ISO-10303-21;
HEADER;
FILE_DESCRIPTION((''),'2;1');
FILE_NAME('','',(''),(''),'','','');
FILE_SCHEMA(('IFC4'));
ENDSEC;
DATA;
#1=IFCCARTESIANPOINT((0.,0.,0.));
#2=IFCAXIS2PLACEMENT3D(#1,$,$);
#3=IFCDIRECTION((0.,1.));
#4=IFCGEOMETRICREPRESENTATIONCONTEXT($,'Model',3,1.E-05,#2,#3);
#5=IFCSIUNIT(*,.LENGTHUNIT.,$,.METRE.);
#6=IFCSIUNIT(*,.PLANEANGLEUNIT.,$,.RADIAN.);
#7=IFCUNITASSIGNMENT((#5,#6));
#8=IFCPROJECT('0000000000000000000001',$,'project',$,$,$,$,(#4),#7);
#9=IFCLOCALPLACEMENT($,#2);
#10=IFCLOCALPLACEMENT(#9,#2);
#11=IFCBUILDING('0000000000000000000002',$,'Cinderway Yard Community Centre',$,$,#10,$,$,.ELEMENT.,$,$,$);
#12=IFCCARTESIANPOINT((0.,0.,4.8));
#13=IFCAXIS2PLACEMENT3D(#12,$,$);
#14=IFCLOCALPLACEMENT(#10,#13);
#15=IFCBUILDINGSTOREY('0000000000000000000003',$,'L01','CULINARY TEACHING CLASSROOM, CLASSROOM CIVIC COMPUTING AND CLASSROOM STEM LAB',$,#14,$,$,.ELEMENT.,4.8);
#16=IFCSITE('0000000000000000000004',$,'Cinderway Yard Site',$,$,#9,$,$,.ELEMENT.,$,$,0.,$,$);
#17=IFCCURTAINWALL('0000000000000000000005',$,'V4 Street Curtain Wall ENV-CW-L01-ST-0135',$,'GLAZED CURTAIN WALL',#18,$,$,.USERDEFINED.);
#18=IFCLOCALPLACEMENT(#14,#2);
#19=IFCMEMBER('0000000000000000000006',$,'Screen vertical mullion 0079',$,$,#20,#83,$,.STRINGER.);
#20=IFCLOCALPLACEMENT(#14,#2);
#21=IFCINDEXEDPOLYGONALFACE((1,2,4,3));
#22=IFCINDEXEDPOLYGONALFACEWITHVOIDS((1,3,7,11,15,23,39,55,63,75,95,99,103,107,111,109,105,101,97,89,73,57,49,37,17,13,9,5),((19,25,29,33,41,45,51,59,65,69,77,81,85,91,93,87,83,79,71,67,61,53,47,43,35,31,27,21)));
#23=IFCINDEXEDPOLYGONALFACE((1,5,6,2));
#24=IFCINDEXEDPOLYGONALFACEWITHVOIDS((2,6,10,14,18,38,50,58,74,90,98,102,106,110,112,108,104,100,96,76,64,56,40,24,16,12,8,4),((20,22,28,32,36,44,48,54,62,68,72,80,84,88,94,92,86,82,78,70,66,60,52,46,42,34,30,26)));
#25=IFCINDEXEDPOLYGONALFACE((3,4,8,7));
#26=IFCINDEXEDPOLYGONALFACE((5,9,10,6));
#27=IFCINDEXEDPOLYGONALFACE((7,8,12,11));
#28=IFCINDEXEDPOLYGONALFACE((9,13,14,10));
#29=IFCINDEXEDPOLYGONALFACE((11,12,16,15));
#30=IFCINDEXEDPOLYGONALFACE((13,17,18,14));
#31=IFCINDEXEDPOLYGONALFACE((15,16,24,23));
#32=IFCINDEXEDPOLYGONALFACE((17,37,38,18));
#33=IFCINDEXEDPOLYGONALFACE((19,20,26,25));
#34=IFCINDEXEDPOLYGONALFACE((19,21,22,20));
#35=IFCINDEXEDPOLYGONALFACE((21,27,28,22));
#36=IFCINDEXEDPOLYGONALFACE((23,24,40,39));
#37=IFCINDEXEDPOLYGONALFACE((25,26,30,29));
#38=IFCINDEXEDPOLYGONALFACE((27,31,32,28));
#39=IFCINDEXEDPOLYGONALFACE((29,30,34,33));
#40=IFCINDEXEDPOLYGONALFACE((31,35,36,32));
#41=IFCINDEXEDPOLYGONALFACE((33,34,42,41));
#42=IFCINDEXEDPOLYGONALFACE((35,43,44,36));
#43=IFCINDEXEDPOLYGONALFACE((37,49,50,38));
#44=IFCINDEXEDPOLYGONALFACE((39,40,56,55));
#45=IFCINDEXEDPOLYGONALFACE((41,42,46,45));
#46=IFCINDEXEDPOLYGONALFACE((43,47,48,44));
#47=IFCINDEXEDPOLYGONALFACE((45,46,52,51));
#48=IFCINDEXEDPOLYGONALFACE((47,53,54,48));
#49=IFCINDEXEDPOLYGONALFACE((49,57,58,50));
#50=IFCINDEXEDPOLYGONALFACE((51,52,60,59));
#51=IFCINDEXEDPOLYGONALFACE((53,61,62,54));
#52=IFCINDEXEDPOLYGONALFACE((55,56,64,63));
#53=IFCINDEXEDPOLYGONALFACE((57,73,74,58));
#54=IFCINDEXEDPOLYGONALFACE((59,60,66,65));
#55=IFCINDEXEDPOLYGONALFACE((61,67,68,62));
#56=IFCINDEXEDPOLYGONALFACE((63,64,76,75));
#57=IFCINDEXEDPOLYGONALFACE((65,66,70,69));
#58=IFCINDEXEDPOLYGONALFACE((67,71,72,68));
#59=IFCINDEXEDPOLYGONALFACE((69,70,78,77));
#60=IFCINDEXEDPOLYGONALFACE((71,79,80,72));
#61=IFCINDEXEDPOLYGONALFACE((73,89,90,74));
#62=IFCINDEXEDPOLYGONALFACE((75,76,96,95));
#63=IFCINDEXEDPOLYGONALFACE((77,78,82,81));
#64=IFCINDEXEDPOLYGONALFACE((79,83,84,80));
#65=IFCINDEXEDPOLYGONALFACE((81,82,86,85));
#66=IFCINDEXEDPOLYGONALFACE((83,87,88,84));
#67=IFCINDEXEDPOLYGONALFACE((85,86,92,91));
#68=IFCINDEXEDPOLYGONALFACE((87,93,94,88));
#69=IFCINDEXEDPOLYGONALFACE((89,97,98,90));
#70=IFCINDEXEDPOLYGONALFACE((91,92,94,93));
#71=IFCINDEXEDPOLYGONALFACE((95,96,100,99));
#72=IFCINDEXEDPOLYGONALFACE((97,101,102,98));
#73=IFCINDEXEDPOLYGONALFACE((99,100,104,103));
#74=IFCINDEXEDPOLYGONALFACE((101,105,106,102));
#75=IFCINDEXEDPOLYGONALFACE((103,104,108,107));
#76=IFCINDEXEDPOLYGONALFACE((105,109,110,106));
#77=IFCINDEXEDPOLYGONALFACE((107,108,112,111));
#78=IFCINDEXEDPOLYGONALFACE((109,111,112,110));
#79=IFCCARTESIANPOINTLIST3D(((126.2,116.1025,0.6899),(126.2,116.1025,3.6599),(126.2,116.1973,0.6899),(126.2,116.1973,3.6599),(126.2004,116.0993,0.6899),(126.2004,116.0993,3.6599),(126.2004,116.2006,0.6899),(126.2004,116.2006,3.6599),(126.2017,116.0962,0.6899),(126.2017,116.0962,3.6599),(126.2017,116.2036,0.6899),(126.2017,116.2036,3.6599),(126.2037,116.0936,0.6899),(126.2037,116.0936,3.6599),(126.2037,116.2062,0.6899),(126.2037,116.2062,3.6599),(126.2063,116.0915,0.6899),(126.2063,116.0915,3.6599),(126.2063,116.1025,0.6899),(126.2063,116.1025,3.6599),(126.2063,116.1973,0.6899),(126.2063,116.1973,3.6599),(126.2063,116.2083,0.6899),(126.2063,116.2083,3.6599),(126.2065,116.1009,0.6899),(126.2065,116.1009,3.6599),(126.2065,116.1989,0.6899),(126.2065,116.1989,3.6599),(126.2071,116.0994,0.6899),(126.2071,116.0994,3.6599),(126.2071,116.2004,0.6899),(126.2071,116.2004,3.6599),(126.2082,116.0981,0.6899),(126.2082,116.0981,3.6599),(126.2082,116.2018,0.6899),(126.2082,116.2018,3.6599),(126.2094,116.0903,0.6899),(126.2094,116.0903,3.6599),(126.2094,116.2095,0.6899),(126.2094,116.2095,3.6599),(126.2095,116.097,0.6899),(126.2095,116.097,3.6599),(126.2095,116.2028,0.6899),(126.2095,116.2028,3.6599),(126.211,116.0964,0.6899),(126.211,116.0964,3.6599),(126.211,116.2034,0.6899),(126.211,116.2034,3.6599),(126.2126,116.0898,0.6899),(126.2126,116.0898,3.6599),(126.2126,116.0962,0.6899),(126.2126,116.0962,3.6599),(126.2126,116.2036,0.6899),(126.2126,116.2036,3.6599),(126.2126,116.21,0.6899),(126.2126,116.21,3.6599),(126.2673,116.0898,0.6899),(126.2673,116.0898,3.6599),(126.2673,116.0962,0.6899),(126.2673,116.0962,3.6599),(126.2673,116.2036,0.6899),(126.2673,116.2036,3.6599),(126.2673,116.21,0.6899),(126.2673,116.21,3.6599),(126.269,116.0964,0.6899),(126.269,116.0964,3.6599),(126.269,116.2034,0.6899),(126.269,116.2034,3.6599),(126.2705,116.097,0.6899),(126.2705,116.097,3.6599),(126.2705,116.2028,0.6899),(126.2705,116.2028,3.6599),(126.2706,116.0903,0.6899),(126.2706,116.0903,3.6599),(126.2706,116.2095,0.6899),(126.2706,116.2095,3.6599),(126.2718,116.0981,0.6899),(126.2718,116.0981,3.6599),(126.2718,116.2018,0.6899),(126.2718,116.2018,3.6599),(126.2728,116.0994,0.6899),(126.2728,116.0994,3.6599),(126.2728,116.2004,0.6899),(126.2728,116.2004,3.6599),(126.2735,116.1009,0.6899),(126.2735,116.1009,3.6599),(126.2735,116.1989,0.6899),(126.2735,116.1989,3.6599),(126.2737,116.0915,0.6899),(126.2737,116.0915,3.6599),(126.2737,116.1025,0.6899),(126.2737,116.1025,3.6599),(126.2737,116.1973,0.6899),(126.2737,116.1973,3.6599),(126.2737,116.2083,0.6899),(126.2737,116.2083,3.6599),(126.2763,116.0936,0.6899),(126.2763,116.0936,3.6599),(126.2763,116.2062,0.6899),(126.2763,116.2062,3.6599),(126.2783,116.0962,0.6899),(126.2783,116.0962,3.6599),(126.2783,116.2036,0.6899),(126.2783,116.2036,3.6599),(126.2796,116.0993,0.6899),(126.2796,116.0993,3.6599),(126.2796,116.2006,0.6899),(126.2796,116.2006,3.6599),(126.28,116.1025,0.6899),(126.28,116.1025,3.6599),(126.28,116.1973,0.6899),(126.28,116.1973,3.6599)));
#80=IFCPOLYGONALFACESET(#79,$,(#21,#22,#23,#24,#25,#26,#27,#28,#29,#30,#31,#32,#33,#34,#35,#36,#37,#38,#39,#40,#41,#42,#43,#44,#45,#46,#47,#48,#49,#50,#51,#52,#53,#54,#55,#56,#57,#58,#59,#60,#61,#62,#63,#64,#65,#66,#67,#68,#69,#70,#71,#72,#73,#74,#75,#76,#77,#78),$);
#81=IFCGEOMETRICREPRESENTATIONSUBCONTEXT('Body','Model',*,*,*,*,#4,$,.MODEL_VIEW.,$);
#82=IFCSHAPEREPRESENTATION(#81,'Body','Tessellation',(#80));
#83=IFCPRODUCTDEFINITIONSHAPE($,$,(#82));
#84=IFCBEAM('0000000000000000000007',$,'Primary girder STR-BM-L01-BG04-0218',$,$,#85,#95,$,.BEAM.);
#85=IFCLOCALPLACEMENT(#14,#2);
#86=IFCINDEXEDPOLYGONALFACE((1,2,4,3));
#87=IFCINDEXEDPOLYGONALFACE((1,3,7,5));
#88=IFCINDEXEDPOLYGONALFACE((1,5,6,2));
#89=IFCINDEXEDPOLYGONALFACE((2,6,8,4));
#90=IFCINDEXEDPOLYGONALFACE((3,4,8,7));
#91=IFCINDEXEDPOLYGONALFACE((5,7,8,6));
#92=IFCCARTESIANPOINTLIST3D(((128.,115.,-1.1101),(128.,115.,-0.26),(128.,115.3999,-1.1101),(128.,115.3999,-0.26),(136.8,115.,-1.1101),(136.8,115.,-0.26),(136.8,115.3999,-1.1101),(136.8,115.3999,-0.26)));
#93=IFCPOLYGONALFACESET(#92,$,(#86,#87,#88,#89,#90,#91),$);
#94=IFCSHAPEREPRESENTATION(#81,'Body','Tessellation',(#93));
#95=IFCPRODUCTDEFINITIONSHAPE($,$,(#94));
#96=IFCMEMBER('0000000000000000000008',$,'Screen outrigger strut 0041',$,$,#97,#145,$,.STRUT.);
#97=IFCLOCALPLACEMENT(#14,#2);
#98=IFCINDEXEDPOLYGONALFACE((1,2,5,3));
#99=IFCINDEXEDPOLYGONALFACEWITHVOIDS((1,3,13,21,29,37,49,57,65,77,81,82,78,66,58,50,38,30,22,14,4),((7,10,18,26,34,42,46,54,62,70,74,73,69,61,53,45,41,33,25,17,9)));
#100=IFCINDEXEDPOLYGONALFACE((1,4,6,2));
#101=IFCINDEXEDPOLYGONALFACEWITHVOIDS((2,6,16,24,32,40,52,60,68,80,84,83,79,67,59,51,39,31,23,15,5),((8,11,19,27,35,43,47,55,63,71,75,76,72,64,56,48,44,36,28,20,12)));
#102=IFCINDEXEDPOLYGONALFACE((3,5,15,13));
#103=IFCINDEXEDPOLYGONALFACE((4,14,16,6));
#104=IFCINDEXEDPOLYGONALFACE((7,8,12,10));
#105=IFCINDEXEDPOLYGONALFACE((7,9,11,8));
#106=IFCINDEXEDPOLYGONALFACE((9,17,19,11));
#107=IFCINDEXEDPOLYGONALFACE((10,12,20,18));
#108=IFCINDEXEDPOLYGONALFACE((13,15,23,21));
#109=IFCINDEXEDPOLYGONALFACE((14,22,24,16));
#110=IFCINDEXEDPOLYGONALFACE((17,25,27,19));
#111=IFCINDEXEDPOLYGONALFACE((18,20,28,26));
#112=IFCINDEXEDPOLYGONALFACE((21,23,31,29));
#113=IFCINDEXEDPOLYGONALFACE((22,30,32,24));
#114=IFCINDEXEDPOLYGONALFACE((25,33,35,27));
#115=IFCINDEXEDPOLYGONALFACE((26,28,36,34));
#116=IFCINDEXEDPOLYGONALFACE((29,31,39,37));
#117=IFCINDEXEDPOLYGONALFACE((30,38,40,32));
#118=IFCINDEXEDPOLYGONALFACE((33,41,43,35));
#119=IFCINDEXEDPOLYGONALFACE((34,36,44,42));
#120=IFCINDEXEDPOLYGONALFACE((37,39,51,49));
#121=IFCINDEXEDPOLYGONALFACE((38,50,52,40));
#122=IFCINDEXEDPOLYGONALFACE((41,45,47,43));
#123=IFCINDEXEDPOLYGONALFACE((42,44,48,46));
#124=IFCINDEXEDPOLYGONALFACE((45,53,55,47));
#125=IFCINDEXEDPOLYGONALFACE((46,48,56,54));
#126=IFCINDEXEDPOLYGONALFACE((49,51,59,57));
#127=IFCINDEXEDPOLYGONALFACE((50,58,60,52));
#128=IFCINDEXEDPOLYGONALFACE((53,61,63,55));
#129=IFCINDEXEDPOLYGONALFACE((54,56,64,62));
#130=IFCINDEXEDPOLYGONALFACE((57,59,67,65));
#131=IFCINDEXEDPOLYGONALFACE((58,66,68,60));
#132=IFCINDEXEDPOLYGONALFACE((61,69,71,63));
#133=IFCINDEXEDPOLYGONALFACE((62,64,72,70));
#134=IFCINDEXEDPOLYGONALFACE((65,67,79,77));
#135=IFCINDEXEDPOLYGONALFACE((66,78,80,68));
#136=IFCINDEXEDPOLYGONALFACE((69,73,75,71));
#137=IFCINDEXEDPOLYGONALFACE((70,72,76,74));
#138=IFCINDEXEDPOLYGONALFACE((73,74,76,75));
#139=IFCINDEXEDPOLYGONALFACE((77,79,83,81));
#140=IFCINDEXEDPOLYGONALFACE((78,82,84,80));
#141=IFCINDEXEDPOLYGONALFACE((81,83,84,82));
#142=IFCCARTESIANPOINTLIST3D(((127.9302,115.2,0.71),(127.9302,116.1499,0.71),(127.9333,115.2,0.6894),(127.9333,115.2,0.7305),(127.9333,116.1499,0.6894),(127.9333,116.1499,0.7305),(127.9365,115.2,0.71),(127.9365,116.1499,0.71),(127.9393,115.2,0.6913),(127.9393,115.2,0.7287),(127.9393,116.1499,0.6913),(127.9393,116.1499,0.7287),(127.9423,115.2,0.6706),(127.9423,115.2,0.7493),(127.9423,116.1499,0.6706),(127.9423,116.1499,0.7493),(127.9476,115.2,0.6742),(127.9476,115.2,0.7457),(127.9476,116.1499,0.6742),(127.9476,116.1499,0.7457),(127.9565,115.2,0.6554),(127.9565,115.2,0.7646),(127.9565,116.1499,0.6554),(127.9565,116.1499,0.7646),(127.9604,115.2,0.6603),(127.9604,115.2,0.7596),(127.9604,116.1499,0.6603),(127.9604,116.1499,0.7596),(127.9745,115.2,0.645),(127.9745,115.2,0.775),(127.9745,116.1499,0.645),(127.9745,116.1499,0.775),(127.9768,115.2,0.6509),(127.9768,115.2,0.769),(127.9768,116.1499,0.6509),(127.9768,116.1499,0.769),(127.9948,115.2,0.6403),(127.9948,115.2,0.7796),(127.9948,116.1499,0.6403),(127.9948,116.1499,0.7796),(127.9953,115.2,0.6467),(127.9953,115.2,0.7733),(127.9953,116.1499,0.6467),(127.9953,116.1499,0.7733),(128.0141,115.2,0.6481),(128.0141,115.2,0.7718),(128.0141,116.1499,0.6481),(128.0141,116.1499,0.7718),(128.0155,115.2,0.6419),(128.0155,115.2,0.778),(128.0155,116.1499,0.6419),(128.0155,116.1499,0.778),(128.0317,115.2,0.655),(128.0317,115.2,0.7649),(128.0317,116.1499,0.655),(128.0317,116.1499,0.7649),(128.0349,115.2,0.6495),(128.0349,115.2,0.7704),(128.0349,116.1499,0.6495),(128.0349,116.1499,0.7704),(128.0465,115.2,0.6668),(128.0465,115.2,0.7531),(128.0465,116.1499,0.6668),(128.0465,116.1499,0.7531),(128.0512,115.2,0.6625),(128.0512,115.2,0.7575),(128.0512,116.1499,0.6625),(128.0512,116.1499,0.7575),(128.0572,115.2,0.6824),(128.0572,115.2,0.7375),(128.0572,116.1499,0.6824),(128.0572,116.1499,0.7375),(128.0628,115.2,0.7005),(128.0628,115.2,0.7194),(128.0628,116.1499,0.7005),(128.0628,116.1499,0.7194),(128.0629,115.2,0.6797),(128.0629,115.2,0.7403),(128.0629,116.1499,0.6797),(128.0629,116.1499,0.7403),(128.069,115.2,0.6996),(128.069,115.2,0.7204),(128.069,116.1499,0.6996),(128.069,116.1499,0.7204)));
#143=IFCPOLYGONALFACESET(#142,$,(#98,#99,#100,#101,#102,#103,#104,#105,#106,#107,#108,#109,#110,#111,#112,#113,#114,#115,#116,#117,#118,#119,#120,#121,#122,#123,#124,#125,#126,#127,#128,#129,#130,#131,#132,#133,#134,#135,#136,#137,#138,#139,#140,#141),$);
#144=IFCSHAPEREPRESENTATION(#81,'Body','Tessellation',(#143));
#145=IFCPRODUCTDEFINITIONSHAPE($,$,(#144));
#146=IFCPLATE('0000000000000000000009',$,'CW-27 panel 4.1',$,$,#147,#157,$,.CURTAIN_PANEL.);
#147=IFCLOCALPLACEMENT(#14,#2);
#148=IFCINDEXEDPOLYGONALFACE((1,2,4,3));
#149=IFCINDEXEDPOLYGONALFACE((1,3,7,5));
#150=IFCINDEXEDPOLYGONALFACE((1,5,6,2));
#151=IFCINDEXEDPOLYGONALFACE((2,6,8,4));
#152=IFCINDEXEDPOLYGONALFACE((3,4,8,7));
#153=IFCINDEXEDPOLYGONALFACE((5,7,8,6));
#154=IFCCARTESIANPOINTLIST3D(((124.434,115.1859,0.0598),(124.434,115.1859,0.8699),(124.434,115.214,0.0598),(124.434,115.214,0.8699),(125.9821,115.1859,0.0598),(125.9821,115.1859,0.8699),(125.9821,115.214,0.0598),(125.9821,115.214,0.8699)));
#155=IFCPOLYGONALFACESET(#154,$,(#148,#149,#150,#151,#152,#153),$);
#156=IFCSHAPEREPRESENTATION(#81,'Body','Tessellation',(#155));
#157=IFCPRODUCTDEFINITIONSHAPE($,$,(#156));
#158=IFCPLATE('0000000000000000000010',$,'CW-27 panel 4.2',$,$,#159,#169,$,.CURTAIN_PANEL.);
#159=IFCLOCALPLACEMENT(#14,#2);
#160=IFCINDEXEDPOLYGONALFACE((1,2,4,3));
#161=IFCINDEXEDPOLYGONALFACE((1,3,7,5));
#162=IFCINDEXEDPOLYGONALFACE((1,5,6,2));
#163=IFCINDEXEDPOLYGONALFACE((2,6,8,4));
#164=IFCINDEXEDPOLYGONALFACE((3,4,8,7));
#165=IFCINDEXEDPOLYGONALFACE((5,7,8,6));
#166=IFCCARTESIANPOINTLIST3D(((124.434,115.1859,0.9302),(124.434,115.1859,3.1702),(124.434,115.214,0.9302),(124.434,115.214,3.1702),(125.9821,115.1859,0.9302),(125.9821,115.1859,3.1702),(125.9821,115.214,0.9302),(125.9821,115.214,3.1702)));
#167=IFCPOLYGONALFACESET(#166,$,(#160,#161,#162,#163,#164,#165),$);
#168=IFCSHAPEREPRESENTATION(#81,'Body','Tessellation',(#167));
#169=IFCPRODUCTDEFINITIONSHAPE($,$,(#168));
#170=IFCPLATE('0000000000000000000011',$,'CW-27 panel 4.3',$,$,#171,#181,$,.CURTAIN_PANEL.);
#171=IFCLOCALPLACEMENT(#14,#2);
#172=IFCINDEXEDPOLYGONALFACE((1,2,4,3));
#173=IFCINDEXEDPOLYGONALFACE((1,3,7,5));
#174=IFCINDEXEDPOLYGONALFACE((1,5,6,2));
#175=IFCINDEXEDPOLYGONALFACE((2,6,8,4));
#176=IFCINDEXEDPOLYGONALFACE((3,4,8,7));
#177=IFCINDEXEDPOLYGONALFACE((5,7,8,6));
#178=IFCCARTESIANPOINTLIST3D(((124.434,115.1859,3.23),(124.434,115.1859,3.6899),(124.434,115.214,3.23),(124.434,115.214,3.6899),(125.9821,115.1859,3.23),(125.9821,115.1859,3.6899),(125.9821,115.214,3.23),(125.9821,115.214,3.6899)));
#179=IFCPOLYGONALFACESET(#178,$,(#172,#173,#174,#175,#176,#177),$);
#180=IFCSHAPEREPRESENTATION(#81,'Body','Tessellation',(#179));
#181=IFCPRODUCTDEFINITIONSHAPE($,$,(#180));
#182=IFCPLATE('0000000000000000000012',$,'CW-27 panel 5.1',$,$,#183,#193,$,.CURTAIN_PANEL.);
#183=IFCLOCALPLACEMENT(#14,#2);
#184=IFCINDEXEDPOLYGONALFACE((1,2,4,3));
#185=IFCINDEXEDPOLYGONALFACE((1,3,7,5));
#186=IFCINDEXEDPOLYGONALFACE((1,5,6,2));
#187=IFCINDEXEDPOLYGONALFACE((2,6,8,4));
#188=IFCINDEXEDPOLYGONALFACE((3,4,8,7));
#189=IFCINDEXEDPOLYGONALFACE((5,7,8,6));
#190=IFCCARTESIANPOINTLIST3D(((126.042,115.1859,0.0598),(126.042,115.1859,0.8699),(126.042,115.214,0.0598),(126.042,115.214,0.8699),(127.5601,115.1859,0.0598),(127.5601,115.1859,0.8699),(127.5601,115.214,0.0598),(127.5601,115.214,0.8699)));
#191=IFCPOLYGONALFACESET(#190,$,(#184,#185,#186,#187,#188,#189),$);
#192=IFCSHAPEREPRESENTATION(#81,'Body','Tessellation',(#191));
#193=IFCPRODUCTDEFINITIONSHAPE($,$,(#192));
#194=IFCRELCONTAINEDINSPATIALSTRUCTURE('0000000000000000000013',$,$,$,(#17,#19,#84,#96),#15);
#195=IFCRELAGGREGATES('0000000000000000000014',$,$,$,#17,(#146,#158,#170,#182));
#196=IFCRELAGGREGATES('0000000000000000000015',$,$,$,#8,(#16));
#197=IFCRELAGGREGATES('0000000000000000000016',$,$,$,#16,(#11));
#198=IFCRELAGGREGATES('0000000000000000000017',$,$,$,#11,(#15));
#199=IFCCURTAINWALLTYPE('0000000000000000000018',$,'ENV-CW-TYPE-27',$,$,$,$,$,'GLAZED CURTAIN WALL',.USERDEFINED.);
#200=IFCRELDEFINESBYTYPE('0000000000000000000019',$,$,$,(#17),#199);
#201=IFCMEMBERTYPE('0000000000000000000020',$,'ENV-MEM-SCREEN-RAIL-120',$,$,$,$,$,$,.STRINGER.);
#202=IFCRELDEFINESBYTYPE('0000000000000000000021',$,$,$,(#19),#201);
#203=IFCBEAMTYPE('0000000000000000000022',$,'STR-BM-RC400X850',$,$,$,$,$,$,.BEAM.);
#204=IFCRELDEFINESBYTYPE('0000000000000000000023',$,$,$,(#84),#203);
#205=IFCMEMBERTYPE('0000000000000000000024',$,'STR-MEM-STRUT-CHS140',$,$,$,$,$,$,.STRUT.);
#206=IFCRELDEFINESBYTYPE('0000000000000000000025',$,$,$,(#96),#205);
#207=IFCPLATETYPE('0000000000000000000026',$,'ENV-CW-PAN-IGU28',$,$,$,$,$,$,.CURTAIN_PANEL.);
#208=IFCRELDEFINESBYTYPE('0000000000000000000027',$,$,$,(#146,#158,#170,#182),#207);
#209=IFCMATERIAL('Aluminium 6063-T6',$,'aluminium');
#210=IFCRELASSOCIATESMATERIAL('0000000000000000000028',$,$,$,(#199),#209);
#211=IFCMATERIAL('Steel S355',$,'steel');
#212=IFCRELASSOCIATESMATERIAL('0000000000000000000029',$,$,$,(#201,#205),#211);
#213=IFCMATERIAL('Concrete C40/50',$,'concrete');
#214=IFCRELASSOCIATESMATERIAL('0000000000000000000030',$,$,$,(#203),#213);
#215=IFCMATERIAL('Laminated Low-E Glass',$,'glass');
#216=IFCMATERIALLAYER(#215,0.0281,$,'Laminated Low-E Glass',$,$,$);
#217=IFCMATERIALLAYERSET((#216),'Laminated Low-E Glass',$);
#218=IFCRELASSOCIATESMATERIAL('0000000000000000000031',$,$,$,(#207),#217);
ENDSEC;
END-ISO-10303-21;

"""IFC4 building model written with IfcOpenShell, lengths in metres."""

from ifc_helpers import new_model, si_unit, direction, frame, origin, origin_2d, place, context, subcontext, project, spatial, rectangle, hollow_rectangle, hollow_circle, extrude, material, layer, layer_set, material_profile, profile_set, type_object, element, aggregate, save


model = new_model("IFC4")

# Units and contexts
model_context = context("Model", 3, precision=1e-05, world=origin(), true_north=direction((0.0, 1.0)))
body_context = subcontext(model_context, "Body", "Model", "MODEL_VIEW")
ifc_project = project(units=[si_unit("LENGTHUNIT", "METRE"), si_unit("PLANEANGLEUNIT", "RADIAN")], contexts=[model_context])

# Site, building, storey
site_placement = place(None, origin())
site = spatial("IfcSite", under=ifc_project, at=site_placement, Name="Cinderway Yard Site", CompositionType="ELEMENT", RefElevation=0.0)
building_placement = place(site_placement, origin())
building = spatial("IfcBuilding", under=site, at=building_placement, Name="Cinderway Yard Community Centre", CompositionType="ELEMENT")
storey_placement = place(building_placement, frame((0.0, 0.0, 4.8)))
storey = spatial("IfcBuildingStorey", under=building, at=storey_placement, Name="L01", Description="CULINARY TEACHING CLASSROOM, CLASSROOM CIVIC COMPUTING AND CLASSROOM STEM LAB", CompositionType="ELEMENT", Elevation=4.8)

# Shared definitions
ifc_material_1 = material(Name="Concrete C40/50", Category="concrete")

# Curtain wall
ifc_material_2 = material(Name="Aluminium 6063-T6", Category="aluminium")
curtain_wall_type = type_object("IfcCurtainWallType", Name="ENV-CW-TYPE-27", ElementType="GLAZED CURTAIN WALL", PredefinedType="USERDEFINED", material=ifc_material_2)
curtain_wall_placement = place(storey_placement, origin())
curtain_wall = element("IfcCurtainWall", 1, at=curtain_wall_placement, inside=storey, type_object=curtain_wall_type, Name="V4 Street Curtain Wall ENV-CW-L01-ST-0135", ObjectType="GLAZED CURTAIN WALL", PredefinedType="USERDEFINED")

# Member
ifc_material_3 = material(Name="Steel S355", Category="steel")
ifc_material_profile_1 = material_profile(ifc_material_3, hollow_rectangle(XDim=0.0801, YDim=0.1201, WallThickness=0.0063, InnerFilletRadius=0.0063, OuterFilletRadius=0.0127, at=origin_2d()), Name="Steel S355")
ifc_profile_set_1 = profile_set([ifc_material_profile_1], Name="Steel S355")
member_type_1 = type_object("IfcMemberType", Name="ENV-MEM-SCREEN-RAIL-120", PredefinedType="STRINGER", material=ifc_profile_set_1)
for number, where, z_axis, x_axis, name in (
    (2, (126.24, 116.1499, 0.6899), (0.0, 0.0, 1.0), (1.0, 0.0, 0.0), "Screen vertical mullion 0079"),
):
    element("IfcMember", number, at=place(storey_placement, frame(where, z_axis=z_axis, x_axis=x_axis)), inside=storey, type_object=member_type_1, Name=name, PredefinedType="STRINGER", context=body_context, shape_type="SweptSolid", body=[
        extrude(hollow_rectangle(XDim=0.0801, YDim=0.1201, WallThickness=0.0063, InnerFilletRadius=0.0063, OuterFilletRadius=0.0127, at=origin_2d()), origin(), (0.0, 0.0, 1.0), 2.97),
    ])

# Beam
ifc_material_profile_2 = material_profile(ifc_material_1, rectangle(XDim=0.3999, YDim=0.8501, at=origin_2d()), Name="Concrete C40/50")
ifc_profile_set_2 = profile_set([ifc_material_profile_2], Name="Concrete C40/50")
beam_type = type_object("IfcBeamType", Name="STR-BM-RC400X850", PredefinedType="BEAM", material=ifc_profile_set_2)
beam_placement = place(storey_placement, frame((128.0, 115.2, -0.6851), z_axis=(1.0, 0.0, 0.0), x_axis=(0.0, 1.0, 0.0)))
element("IfcBeam", 3, at=beam_placement, inside=storey, type_object=beam_type, Name="Primary girder STR-BM-L01-BG04-0218", PredefinedType="BEAM", context=body_context, shape_type="SweptSolid", body=[
    extrude(rectangle(XDim=0.3999, YDim=0.8501, at=origin_2d()), origin(), (0.0, 0.0, 1.0), 8.8),
])

# Member
ifc_material_profile_3 = material_profile(ifc_material_3, hollow_circle(Radius=0.0698, WallThickness=0.0063, at=origin_2d()), Name="Steel S355")
ifc_profile_set_3 = profile_set([ifc_material_profile_3], Name="Steel S355")
member_type_2 = type_object("IfcMemberType", Name="STR-MEM-STRUT-CHS140", PredefinedType="STRUT", material=ifc_profile_set_3)
member_1_placement = place(storey_placement, frame((128.0, 115.2, 0.71), z_axis=(0.0, 1.0, 0.0), x_axis=(-1.0, 0.0, 0.0)))
element("IfcMember", 4, at=member_1_placement, inside=storey, type_object=member_type_2, Name="Screen outrigger strut 0041", PredefinedType="STRUT", context=body_context, shape_type="SweptSolid", body=[
    extrude(hollow_circle(Radius=0.0698, WallThickness=0.0063, at=origin_2d()), origin(), (0.0, 0.0, 1.0), 0.95),
])

# Plates
ifc_material_4 = material(Name="Laminated Low-E Glass", Category="glass")
ifc_layer_1 = layer(ifc_material_4, 0.0281, Name="Laminated Low-E Glass")
ifc_layer_set_1 = layer_set([ifc_layer_1], Name="Laminated Low-E Glass")
plate_type_1 = type_object("IfcPlateType", Name="ENV-CW-PAN-IGU28", PredefinedType="CURTAIN_PANEL", material=ifc_layer_set_1)
plate_1_placement = place(storey_placement, frame((125.208, 115.2, 0.0598), z_axis=(0.0, 0.0, 1.0), x_axis=(1.0, 0.0, 0.0)))
plate_1 = element("IfcPlate", 5, at=plate_1_placement, type_object=plate_type_1, Name="CW-27 panel 4.1", PredefinedType="CURTAIN_PANEL", context=body_context, shape_type="SweptSolid", body=[
    extrude(rectangle(XDim=1.5481, YDim=0.0281, at=origin_2d()), origin(), (0.0, 0.0, 1.0), 0.8101),
])
plate_2_placement = place(storey_placement, frame((125.208, 115.2, 0.9302), z_axis=(0.0, 0.0, 1.0), x_axis=(1.0, 0.0, 0.0)))
plate_2 = element("IfcPlate", 6, at=plate_2_placement, type_object=plate_type_1, Name="CW-27 panel 4.2", PredefinedType="CURTAIN_PANEL", context=body_context, shape_type="SweptSolid", body=[
    extrude(rectangle(XDim=1.5481, YDim=0.0281, at=origin_2d()), origin(), (0.0, 0.0, 1.0), 2.24),
])
plate_3_placement = place(storey_placement, frame((125.208, 115.2, 3.23), z_axis=(0.0, 0.0, 1.0), x_axis=(1.0, 0.0, 0.0)))
plate_3 = element("IfcPlate", 7, at=plate_3_placement, type_object=plate_type_1, Name="CW-27 panel 4.3", PredefinedType="CURTAIN_PANEL", context=body_context, shape_type="SweptSolid", body=[
    extrude(rectangle(XDim=1.5481, YDim=0.0281, at=origin_2d()), origin(), (0.0, 0.0, 1.0), 0.46),
])
plate_4_placement = place(storey_placement, frame((126.801, 115.2, 0.0598), z_axis=(0.0, 0.0, 1.0), x_axis=(1.0, 0.0, 0.0)))
plate_4 = element("IfcPlate", 8, at=plate_4_placement, type_object=plate_type_1, Name="CW-27 panel 5.1", PredefinedType="CURTAIN_PANEL", context=body_context, shape_type="SweptSolid", body=[
    extrude(rectangle(XDim=1.5181, YDim=0.0281, at=origin_2d()), origin(), (0.0, 0.0, 1.0), 0.8101),
])
aggregate(curtain_wall, [plate_1, plate_2, plate_3, plate_4])

save(model, "model.ifc")
